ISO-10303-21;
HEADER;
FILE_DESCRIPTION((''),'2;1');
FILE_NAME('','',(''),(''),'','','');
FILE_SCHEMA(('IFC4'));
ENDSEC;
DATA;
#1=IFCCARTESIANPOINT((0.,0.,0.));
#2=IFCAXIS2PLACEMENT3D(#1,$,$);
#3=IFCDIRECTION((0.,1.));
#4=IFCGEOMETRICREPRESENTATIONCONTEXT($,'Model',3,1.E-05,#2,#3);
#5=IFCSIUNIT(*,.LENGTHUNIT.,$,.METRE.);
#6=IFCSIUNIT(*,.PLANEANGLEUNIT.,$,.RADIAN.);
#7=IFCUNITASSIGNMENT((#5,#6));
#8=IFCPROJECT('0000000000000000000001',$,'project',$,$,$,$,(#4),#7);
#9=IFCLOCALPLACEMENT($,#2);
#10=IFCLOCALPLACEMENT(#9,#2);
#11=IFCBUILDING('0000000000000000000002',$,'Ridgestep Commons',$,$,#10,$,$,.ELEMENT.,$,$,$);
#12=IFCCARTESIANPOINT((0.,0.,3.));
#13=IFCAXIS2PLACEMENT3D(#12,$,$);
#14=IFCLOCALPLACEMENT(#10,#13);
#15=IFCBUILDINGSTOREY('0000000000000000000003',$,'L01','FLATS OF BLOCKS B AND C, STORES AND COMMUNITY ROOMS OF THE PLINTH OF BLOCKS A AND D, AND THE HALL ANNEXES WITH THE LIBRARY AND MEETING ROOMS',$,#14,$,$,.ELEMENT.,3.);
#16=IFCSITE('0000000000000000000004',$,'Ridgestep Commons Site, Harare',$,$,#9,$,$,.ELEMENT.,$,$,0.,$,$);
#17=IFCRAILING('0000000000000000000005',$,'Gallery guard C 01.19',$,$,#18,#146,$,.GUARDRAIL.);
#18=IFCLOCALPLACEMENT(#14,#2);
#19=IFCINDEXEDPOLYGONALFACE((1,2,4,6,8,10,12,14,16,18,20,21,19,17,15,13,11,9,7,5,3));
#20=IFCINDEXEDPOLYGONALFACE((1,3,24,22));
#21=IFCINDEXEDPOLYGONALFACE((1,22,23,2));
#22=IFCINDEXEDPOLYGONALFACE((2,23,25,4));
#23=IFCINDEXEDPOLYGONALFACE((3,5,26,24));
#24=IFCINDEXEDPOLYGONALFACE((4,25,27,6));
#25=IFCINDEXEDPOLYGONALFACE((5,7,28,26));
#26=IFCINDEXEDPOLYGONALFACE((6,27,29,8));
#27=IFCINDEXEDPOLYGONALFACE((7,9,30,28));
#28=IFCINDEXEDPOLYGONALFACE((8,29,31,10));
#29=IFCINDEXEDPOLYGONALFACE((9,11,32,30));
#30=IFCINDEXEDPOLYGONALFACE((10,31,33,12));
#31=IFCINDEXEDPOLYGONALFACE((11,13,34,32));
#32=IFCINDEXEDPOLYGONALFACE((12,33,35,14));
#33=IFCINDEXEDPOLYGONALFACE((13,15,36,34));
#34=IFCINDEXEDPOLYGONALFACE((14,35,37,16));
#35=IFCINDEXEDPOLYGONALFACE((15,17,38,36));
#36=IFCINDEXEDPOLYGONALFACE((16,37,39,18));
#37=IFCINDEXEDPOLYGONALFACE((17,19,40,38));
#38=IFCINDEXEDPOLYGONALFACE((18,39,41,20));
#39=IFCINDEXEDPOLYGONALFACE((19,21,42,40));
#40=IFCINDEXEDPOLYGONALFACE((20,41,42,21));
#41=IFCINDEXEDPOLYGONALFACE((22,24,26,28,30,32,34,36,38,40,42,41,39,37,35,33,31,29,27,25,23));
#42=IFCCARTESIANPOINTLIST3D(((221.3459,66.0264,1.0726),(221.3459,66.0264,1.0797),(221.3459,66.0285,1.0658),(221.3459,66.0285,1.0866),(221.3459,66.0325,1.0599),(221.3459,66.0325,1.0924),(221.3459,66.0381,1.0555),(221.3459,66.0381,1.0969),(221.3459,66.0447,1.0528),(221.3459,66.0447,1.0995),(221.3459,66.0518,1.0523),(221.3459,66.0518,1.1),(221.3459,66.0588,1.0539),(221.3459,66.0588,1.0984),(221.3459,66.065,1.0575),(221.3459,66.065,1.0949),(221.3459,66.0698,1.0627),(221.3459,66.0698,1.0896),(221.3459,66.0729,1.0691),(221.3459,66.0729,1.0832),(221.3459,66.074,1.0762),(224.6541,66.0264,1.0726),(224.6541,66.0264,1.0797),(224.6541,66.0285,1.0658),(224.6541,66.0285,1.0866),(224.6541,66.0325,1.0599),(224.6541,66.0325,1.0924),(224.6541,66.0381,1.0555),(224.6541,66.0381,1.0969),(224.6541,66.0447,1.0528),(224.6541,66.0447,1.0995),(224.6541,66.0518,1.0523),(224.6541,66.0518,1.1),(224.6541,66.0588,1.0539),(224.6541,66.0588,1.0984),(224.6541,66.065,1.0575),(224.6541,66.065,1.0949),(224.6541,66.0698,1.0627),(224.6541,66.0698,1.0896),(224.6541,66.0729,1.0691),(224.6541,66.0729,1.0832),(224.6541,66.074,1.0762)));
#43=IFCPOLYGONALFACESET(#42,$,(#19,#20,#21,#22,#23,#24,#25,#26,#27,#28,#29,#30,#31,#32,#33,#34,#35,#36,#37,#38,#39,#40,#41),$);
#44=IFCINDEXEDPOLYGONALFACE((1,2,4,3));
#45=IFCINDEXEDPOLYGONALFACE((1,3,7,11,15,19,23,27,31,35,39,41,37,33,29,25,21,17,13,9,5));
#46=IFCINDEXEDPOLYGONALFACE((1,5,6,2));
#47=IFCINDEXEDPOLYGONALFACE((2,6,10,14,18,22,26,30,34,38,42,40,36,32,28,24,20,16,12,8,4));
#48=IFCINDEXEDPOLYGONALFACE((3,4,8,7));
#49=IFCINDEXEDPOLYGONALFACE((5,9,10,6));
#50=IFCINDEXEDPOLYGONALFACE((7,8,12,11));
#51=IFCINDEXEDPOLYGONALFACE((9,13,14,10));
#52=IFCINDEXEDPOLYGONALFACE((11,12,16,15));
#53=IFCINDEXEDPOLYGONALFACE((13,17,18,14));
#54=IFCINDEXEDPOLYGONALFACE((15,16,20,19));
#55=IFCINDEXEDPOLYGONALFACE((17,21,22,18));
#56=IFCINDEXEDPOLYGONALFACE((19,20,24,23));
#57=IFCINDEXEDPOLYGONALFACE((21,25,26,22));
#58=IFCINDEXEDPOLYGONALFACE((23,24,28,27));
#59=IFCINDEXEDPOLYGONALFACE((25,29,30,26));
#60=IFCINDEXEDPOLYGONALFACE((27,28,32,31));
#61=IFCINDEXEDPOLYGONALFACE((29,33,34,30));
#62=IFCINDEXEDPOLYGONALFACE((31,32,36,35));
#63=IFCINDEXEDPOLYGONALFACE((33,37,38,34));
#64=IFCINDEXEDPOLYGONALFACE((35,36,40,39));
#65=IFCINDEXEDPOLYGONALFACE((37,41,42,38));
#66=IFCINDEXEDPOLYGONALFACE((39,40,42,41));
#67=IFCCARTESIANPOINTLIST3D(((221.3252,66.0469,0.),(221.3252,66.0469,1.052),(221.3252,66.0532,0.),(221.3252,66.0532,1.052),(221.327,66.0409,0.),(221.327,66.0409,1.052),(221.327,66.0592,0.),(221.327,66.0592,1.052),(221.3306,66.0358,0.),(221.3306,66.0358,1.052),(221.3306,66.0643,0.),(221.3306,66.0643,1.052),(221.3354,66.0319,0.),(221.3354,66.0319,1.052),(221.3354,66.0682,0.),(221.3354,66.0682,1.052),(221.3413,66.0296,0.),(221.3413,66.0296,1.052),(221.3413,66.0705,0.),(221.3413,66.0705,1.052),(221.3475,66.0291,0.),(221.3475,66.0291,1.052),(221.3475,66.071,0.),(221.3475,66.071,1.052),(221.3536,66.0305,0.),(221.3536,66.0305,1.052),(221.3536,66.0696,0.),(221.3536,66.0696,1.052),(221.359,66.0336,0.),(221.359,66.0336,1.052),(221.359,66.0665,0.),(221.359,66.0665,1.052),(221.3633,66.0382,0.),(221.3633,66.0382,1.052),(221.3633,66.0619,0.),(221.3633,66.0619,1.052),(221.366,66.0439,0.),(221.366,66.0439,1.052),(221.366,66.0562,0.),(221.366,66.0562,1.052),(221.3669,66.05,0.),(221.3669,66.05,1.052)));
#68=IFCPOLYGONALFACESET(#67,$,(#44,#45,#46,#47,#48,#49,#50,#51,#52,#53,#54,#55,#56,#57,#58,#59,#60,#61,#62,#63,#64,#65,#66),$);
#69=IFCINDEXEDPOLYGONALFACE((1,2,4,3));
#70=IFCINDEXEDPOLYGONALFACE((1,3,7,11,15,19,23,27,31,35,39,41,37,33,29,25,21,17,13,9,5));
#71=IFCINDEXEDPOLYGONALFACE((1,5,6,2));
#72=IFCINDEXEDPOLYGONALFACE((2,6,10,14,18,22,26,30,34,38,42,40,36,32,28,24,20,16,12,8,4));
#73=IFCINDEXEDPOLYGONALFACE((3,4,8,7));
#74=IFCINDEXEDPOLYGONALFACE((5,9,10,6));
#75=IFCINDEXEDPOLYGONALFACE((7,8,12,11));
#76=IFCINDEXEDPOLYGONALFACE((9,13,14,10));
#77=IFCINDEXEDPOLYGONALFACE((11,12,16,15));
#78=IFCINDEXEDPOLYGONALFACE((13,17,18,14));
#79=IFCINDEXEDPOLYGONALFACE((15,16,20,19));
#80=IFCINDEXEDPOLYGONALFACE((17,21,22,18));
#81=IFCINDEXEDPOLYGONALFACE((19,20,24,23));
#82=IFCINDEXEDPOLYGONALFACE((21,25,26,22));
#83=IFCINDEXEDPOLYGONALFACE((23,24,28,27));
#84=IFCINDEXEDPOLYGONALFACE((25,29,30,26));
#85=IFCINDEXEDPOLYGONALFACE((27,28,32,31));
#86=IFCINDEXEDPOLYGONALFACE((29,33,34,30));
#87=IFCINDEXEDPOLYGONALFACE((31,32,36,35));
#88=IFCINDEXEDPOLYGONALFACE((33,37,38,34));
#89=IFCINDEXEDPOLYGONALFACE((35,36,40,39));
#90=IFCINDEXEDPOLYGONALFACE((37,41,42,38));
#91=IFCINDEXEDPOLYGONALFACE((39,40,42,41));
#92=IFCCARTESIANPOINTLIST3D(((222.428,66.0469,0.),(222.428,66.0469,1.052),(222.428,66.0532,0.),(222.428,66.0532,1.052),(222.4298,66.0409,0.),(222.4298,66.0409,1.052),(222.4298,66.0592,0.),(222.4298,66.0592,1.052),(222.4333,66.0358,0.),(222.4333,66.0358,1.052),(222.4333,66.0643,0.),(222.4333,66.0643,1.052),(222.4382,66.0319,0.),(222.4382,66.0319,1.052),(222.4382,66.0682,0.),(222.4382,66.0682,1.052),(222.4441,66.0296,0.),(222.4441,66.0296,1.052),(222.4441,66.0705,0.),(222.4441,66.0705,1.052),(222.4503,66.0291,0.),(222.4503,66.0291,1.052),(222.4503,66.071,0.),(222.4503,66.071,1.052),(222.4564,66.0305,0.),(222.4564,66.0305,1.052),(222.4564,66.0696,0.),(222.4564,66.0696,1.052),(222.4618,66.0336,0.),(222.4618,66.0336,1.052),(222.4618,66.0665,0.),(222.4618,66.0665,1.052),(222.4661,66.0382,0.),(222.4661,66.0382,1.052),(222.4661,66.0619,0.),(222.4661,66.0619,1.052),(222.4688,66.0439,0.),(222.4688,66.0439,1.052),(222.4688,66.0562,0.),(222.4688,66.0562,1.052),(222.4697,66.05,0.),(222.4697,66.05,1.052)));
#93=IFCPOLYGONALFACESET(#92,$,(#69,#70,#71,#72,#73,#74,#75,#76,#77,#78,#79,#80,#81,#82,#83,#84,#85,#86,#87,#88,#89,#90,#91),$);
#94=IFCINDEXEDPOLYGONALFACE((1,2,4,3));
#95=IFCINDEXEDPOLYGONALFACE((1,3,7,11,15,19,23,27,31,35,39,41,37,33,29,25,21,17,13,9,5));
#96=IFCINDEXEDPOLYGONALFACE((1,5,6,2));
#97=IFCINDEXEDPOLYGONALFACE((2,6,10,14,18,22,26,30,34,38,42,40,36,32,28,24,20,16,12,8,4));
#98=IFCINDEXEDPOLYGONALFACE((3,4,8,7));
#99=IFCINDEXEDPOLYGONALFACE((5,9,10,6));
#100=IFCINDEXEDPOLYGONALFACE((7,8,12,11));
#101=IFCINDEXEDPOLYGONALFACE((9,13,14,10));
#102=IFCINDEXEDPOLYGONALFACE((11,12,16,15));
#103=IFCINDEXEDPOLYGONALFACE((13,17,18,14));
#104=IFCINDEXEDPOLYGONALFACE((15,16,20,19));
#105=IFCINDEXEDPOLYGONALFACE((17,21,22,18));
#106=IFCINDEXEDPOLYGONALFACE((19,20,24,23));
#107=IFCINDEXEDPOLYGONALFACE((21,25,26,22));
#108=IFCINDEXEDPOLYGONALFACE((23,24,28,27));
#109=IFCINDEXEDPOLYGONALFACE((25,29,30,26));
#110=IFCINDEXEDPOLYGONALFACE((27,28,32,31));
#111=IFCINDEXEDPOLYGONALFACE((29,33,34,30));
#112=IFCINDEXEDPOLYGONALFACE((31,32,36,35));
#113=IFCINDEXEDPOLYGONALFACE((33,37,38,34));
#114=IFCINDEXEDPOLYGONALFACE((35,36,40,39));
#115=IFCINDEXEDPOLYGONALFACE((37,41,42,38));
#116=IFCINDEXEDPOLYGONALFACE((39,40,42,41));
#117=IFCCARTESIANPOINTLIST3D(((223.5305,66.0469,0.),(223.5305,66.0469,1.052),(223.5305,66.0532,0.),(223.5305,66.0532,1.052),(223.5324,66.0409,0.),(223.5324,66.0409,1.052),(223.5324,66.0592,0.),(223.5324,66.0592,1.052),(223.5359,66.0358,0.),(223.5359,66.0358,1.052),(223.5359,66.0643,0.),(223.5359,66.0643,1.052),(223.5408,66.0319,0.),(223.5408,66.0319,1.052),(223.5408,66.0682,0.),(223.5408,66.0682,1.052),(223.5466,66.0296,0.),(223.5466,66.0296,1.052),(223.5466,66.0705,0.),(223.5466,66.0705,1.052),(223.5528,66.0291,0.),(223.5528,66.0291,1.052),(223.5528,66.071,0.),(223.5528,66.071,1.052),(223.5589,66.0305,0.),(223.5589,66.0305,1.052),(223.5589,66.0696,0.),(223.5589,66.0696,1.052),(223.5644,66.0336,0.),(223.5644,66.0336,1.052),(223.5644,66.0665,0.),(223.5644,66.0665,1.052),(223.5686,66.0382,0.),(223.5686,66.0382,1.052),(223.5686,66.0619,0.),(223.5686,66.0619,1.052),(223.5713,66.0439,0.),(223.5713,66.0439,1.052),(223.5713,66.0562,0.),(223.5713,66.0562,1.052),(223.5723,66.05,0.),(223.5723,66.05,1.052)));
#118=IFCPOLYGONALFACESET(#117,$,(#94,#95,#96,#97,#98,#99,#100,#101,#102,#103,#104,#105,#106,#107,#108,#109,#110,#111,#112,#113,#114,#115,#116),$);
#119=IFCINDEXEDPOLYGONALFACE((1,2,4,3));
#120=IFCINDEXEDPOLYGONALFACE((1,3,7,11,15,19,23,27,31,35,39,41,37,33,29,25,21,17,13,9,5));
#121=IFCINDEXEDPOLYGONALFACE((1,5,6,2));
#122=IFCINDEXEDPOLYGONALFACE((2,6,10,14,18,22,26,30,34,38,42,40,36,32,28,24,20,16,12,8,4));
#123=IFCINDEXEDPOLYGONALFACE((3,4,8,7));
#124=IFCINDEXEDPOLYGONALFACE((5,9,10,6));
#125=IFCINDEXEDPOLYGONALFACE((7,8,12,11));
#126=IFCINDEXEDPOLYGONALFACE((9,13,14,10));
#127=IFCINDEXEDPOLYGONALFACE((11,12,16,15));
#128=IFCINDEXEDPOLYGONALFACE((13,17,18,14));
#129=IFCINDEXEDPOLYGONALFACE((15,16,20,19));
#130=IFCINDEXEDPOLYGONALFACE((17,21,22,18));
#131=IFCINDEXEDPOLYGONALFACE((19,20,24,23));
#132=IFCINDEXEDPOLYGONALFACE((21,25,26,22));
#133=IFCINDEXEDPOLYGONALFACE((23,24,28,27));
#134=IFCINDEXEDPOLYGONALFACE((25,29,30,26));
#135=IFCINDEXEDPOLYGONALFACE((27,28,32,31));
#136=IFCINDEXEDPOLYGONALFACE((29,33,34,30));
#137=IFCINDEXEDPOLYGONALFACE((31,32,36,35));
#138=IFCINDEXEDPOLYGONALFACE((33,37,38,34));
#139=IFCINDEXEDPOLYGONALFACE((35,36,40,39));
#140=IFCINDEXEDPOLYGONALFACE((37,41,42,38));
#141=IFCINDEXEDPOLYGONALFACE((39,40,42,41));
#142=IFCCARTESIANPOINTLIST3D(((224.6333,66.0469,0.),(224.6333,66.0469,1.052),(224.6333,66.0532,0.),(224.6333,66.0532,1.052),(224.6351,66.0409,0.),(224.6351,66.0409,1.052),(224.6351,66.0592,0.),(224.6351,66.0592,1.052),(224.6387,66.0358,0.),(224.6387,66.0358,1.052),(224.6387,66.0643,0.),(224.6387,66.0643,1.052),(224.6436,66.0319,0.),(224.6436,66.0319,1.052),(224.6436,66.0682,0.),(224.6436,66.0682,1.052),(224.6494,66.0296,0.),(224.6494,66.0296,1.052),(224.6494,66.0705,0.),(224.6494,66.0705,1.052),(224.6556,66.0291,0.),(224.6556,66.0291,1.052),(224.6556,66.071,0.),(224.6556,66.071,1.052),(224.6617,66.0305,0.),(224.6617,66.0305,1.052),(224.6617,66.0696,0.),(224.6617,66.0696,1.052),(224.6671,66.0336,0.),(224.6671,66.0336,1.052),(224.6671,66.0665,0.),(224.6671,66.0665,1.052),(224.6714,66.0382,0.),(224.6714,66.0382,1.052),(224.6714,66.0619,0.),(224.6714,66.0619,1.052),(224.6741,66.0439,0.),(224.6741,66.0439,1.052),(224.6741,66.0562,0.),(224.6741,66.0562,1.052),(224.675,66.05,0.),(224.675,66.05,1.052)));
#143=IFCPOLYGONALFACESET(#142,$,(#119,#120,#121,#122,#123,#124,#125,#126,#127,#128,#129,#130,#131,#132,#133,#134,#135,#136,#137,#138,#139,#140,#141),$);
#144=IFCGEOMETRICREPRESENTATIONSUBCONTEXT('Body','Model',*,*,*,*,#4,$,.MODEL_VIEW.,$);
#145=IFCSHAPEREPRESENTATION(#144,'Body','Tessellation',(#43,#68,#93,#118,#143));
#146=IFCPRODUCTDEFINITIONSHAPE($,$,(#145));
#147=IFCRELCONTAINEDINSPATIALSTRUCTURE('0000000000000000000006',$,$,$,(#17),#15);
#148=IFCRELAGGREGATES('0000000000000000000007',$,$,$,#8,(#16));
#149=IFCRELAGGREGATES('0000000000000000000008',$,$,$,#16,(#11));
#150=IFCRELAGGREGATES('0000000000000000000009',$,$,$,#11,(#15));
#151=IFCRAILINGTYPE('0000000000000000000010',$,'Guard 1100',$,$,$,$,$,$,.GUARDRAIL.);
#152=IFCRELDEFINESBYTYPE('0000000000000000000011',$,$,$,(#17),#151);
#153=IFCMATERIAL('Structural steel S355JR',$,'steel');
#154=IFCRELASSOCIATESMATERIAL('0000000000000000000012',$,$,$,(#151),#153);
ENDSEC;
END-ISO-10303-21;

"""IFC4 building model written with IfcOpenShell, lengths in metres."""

from ifc_helpers import new_model, si_unit, direction, frame, origin, origin_2d, place, context, subcontext, project, spatial, circle, extrude, material, type_object, element, save


model = new_model("IFC4")

# Units and contexts
model_context = context("Model", 3, precision=1e-05, world=origin(), true_north=direction((0.0, 1.0)))
body_context = subcontext(model_context, "Body", "Model", "MODEL_VIEW")
ifc_project = project(units=[si_unit("LENGTHUNIT", "METRE"), si_unit("PLANEANGLEUNIT", "RADIAN")], contexts=[model_context])

# Site, building, storey
site_placement = place(None, origin())
site = spatial("IfcSite", under=ifc_project, at=site_placement, Name="Ridgestep Commons Site, Harare", CompositionType="ELEMENT", RefElevation=0.0)
building_placement = place(site_placement, origin())
building = spatial("IfcBuilding", under=site, at=building_placement, Name="Ridgestep Commons", CompositionType="ELEMENT")
storey_placement = place(building_placement, frame((0.0, 0.0, 3.0)))
storey = spatial("IfcBuildingStorey", under=building, at=storey_placement, Name="L01", Description="FLATS OF BLOCKS B AND C, STORES AND COMMUNITY ROOMS OF THE PLINTH OF BLOCKS A AND D, AND THE HALL ANNEXES WITH THE LIBRARY AND MEETING ROOMS", CompositionType="ELEMENT", Elevation=3.0)

# Railing
ifc_material_1 = material(Name="Structural steel S355JR", Category="steel")
railing_type = type_object("IfcRailingType", Name="Guard 1100", PredefinedType="GUARDRAIL", material=ifc_material_1)
railing_1_placement = place(storey_placement, frame((221.3459, 66.05, 0.0)))
element("IfcRailing", 1, at=railing_1_placement, inside=storey, type_object=railing_type, Name="Gallery guard C 01.19", PredefinedType="GUARDRAIL", context=body_context, shape_type="SweptSolid", body=[
    extrude(circle(Radius=0.0239, at=origin_2d()), frame((0.0, 0.0, 1.0762), z_axis=(1.0, 0.0, 0.0), x_axis=(0.0, 1.0, 0.0)), (0.0, 0.0, 1.0), 3.3081),
    extrude(circle(Radius=0.021, at=origin_2d()), origin(), (0.0, 0.0, 1.0), 1.052),
    extrude(circle(Radius=0.021, at=origin_2d()), frame((1.1028, 0.0, 0.0)), (0.0, 0.0, 1.0), 1.052),
    extrude(circle(Radius=0.021, at=origin_2d()), frame((2.2053, 0.0, 0.0)), (0.0, 0.0, 1.0), 1.052),
    extrude(circle(Radius=0.021, at=origin_2d()), frame((3.3081, 0.0, 0.0)), (0.0, 0.0, 1.0), 1.052),
])

save(model, "model.ifc")
